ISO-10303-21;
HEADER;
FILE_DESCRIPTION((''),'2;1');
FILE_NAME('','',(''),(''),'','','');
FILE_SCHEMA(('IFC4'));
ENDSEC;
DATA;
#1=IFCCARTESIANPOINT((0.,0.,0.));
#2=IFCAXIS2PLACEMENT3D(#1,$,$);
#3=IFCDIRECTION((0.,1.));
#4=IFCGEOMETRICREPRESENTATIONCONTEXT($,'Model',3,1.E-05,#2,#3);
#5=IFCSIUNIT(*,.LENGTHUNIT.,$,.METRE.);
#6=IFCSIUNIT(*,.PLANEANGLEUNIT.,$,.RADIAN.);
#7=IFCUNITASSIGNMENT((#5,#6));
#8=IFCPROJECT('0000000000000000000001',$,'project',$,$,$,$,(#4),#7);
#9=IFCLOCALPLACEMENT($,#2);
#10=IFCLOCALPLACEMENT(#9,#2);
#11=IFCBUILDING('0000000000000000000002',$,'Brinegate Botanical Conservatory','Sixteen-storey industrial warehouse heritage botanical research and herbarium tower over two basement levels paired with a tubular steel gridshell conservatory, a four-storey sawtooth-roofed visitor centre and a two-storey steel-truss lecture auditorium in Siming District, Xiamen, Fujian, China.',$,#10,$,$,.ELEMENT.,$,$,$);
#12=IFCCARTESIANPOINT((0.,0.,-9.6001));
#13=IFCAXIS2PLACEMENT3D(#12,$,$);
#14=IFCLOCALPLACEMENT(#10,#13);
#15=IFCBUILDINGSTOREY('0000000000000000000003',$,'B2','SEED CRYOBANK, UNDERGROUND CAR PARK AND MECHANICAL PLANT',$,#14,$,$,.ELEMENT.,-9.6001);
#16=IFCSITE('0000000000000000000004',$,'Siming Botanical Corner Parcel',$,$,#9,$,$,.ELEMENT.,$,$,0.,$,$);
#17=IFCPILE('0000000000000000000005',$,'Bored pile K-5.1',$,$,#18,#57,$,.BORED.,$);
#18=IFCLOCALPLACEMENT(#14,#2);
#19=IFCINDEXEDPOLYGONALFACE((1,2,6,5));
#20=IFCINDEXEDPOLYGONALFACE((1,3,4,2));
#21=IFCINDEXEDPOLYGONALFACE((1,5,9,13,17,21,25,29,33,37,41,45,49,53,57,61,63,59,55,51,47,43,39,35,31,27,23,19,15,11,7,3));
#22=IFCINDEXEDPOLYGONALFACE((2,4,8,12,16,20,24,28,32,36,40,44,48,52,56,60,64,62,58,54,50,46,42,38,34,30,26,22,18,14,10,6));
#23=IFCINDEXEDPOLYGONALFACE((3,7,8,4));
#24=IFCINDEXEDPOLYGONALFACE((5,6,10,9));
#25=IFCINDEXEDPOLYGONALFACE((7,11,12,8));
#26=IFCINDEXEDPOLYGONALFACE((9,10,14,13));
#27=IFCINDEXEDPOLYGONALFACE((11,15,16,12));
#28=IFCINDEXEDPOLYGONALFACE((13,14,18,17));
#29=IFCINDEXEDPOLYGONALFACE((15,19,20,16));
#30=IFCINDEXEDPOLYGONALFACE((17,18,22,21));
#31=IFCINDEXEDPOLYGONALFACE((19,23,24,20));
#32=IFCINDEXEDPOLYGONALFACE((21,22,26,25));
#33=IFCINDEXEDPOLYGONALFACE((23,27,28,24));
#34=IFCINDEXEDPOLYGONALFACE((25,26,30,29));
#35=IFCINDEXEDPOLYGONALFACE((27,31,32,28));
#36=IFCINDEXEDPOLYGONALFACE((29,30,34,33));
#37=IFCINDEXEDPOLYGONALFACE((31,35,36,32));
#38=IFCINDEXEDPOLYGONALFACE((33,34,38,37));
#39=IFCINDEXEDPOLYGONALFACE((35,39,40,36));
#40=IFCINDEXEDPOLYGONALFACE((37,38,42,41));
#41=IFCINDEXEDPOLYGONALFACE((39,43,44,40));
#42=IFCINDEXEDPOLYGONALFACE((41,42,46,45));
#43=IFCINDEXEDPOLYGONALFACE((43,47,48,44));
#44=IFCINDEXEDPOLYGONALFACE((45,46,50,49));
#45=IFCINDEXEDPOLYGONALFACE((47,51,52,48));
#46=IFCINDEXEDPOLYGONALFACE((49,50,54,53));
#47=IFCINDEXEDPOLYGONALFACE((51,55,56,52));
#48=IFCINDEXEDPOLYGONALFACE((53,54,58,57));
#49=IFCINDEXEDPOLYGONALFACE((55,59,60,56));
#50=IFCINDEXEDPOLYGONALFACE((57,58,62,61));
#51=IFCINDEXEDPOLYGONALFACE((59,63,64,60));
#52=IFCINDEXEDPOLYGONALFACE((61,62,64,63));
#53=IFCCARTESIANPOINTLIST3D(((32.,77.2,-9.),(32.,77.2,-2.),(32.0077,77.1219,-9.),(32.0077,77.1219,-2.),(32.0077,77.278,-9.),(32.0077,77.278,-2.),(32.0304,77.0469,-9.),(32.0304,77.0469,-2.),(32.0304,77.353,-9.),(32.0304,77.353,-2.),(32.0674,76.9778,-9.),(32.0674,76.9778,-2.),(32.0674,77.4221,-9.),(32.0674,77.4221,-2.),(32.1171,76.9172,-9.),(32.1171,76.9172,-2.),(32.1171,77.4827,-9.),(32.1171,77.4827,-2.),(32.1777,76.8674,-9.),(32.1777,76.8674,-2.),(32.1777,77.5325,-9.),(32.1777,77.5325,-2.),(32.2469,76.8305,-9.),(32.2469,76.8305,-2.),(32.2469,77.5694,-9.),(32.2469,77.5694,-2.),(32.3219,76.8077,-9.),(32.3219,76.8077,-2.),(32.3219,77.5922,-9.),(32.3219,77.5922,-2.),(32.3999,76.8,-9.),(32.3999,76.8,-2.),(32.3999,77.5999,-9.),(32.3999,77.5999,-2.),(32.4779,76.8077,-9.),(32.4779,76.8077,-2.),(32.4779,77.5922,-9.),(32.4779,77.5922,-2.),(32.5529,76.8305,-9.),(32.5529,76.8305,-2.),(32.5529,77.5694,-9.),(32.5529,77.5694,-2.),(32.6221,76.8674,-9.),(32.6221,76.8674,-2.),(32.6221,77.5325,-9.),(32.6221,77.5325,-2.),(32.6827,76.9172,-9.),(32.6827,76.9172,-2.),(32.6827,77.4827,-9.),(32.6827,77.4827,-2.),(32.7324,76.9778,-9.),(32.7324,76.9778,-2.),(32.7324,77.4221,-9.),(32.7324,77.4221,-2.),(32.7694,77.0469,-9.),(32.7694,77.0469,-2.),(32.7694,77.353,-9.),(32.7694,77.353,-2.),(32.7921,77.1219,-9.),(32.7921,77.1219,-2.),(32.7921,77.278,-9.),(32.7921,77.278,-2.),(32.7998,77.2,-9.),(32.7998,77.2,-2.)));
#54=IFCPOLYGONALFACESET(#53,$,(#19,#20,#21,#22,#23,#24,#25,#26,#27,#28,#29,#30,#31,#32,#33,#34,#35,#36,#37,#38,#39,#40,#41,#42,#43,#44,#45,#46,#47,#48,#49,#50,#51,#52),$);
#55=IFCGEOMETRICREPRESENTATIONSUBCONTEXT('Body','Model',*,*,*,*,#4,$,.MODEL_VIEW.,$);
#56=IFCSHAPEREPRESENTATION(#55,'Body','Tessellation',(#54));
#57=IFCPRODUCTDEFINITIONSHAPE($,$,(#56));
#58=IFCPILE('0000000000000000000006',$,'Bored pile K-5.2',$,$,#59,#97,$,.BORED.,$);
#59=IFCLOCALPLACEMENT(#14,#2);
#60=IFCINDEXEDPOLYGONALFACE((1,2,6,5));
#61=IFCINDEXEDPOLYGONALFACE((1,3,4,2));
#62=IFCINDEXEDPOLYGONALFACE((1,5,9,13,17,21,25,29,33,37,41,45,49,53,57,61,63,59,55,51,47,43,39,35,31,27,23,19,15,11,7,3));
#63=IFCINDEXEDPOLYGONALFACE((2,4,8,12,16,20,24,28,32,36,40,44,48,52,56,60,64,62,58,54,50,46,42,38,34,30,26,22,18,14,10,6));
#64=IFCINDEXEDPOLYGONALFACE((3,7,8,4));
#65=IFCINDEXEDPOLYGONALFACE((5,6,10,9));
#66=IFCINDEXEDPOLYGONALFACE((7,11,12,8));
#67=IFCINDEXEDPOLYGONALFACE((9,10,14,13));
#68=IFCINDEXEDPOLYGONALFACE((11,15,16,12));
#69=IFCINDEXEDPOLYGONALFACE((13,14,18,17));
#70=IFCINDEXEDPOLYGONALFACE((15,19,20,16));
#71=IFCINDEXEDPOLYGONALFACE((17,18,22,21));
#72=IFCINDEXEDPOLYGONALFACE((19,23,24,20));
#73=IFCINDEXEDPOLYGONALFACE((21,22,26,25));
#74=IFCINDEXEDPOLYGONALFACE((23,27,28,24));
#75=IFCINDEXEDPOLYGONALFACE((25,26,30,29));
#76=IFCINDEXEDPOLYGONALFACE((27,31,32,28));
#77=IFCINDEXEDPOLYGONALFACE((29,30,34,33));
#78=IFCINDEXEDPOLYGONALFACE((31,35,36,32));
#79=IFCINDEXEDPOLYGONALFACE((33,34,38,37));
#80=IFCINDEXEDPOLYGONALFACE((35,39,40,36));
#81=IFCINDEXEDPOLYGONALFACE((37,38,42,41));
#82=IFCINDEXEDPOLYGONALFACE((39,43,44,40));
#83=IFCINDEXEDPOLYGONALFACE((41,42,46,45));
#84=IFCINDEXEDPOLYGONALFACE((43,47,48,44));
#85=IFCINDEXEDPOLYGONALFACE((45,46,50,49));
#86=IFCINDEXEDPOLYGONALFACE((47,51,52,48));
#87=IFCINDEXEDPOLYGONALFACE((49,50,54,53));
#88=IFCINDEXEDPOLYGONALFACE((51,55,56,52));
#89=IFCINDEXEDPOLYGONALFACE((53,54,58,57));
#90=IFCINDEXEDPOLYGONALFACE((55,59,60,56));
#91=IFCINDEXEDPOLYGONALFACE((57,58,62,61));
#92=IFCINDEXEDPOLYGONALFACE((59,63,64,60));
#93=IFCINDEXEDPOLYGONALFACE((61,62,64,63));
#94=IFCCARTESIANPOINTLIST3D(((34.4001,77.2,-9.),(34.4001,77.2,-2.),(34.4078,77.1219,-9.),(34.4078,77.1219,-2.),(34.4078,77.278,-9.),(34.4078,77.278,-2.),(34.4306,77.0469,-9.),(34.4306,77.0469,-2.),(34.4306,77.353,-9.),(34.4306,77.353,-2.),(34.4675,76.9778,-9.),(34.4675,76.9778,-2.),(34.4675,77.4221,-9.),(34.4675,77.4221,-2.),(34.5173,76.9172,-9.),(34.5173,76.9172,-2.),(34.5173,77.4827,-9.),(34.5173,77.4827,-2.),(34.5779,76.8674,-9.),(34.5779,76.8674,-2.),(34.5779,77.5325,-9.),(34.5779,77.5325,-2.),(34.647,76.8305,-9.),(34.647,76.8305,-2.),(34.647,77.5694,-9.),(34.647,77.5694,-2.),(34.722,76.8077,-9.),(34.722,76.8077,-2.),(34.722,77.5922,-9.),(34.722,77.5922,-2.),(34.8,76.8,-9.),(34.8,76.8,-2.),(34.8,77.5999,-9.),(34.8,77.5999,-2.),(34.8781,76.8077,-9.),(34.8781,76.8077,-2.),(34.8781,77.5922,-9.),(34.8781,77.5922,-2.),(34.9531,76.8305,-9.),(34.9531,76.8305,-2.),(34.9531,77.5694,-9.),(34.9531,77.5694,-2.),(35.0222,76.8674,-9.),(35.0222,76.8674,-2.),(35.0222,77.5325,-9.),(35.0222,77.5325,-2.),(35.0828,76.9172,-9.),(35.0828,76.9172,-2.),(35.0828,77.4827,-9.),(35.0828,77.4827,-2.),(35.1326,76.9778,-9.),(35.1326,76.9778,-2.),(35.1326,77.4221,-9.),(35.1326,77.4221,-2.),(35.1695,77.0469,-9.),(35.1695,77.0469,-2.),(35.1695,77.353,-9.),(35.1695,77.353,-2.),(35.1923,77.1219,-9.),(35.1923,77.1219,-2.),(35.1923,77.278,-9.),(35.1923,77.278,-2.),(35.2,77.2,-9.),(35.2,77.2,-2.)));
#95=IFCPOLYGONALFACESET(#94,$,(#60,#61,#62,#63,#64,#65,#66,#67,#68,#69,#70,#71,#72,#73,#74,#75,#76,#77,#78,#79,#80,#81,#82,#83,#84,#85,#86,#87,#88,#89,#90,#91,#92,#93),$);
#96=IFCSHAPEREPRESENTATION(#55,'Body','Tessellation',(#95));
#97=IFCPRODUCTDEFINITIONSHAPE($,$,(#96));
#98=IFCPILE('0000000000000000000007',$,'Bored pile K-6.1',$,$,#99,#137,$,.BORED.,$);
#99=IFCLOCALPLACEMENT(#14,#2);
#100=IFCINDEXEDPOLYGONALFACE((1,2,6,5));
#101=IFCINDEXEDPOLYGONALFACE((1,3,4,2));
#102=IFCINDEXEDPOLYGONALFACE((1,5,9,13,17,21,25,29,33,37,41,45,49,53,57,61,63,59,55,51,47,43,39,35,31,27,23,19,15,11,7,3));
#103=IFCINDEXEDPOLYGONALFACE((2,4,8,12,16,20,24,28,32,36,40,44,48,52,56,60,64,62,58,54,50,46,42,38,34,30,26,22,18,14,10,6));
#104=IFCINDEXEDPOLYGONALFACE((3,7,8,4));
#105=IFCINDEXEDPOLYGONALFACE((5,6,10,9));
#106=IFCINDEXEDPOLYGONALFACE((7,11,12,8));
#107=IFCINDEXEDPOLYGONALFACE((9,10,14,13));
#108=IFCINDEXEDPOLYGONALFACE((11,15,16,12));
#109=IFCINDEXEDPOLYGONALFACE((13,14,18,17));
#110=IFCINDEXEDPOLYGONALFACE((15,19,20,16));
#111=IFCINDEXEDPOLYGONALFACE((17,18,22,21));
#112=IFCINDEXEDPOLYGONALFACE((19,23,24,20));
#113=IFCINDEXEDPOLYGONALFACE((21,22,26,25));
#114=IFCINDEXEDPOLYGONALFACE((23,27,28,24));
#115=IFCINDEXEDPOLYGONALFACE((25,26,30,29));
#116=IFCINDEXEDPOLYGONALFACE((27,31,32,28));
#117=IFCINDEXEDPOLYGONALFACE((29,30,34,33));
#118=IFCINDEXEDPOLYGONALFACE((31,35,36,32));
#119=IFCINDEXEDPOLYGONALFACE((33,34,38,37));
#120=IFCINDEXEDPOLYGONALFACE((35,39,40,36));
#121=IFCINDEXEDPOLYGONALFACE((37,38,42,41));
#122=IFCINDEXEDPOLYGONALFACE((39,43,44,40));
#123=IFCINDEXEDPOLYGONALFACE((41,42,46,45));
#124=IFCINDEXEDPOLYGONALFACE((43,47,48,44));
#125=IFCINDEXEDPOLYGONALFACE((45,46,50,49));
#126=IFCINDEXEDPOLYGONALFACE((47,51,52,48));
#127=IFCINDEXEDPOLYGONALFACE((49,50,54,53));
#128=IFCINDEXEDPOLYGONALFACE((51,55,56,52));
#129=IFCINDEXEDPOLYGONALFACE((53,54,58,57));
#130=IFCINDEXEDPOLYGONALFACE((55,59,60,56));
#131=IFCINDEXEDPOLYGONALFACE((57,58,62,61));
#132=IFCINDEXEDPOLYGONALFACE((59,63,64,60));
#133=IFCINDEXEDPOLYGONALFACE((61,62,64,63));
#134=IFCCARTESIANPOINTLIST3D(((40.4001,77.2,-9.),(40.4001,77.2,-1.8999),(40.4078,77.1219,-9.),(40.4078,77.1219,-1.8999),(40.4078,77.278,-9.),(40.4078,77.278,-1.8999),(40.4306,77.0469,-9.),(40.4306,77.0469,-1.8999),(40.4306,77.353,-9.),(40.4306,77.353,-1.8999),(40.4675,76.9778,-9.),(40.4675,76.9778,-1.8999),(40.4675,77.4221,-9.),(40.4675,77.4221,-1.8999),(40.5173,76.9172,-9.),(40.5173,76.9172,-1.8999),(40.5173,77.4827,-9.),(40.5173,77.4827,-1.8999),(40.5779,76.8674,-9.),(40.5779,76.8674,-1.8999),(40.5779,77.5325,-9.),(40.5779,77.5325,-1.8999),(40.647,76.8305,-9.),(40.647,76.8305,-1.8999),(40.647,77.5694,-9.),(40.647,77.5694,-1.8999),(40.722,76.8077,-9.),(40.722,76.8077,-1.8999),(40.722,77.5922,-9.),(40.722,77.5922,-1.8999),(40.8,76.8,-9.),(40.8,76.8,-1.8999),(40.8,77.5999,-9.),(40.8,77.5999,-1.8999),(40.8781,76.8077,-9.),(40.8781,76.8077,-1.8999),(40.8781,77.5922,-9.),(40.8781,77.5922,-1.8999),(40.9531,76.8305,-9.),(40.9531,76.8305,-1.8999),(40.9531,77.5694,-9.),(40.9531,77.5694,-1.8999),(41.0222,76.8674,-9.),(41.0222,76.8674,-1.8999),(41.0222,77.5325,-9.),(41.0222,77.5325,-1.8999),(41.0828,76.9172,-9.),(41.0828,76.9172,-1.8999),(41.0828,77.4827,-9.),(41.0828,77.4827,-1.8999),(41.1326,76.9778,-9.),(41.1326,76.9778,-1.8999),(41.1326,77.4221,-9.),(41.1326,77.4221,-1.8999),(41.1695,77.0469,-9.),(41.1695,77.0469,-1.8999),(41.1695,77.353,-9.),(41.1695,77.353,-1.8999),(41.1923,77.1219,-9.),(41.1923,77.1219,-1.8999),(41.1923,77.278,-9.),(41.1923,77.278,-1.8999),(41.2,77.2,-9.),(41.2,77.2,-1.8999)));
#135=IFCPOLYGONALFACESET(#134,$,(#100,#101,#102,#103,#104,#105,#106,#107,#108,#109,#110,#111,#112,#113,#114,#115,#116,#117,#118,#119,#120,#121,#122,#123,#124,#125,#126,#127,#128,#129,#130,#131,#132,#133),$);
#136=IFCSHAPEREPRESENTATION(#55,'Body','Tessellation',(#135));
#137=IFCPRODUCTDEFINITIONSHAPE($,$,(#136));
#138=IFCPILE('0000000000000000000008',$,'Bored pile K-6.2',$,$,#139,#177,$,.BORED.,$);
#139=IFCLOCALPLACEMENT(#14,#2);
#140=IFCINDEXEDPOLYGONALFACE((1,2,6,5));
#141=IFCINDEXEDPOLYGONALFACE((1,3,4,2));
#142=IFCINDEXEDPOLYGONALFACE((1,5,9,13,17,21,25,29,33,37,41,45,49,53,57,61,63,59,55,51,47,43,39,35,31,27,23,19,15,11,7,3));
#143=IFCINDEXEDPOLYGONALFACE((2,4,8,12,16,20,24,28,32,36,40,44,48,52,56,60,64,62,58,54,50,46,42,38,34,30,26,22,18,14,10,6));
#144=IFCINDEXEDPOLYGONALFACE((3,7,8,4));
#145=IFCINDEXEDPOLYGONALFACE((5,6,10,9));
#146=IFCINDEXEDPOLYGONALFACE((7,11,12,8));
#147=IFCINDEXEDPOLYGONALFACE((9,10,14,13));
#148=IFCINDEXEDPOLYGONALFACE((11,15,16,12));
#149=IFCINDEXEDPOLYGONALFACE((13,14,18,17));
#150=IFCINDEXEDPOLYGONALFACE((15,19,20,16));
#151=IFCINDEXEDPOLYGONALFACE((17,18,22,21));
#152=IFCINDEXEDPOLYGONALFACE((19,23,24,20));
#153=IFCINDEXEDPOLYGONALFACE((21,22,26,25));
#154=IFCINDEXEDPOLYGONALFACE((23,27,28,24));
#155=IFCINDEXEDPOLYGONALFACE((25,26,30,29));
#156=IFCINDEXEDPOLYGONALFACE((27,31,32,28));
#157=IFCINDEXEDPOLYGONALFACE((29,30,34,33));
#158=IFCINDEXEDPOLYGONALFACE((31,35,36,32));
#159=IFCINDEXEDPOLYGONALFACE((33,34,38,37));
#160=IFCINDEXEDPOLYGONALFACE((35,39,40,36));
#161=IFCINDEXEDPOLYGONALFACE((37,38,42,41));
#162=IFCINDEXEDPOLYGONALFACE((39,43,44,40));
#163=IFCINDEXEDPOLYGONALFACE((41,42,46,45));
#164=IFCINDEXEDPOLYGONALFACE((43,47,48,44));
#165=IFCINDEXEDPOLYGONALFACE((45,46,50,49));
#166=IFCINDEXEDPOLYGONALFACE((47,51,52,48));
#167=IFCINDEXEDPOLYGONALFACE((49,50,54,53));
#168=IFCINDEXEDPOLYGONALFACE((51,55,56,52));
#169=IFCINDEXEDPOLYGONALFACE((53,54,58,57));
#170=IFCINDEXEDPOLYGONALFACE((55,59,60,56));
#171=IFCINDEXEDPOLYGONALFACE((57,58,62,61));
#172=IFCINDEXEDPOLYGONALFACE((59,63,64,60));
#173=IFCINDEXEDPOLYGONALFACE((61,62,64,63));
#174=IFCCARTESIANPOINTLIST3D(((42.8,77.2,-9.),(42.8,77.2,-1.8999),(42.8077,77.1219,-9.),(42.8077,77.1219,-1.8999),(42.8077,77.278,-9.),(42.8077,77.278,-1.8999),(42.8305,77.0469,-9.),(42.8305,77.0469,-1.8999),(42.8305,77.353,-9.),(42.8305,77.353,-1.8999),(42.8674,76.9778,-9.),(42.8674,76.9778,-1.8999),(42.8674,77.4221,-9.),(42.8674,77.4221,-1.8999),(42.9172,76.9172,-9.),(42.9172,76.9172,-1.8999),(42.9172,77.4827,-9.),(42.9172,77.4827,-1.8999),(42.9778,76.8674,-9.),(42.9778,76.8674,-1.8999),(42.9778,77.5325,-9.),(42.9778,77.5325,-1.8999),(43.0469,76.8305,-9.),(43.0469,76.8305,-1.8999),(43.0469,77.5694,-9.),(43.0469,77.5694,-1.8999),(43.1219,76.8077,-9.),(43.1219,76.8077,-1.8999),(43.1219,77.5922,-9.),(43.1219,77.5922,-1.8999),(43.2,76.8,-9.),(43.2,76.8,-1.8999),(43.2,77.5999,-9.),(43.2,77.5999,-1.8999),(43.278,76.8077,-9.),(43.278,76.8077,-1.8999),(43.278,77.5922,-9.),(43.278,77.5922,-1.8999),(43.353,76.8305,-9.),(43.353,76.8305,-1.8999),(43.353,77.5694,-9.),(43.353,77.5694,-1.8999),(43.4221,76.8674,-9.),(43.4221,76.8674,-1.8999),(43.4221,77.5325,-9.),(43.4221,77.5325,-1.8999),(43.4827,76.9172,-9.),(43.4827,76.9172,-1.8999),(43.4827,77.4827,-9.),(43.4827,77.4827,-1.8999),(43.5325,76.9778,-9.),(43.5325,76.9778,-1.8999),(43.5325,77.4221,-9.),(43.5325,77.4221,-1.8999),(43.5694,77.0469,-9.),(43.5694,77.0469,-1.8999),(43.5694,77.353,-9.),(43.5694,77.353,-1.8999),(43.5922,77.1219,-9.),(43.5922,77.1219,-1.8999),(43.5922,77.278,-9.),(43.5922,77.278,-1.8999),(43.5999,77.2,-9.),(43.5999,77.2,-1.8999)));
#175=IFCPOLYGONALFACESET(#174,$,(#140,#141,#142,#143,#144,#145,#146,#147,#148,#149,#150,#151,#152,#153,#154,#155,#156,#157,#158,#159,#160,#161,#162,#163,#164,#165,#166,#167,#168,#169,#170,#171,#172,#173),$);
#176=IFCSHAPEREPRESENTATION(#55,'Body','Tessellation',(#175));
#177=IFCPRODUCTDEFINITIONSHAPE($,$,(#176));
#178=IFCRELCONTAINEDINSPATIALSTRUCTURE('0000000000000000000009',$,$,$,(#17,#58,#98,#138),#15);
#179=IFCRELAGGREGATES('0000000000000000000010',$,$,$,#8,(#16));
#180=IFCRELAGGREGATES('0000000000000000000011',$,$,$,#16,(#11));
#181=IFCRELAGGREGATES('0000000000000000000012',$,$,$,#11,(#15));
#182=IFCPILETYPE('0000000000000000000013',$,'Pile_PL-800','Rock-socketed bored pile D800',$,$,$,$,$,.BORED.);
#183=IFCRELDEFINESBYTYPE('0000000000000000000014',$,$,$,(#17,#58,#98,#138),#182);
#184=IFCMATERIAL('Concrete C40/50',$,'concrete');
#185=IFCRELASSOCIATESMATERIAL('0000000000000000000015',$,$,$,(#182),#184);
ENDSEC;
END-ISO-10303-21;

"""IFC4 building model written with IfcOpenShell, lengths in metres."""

from ifc_helpers import new_model, si_unit, direction, frame, origin, origin_2d, place, context, subcontext, project, spatial, circle, extrude, material, material_profile, profile_set, type_object, element, save


model = new_model("IFC4")

# Units and contexts
model_context = context("Model", 3, precision=1e-05, world=origin(), true_north=direction((0.0, 1.0)))
body_context = subcontext(model_context, "Body", "Model", "MODEL_VIEW")
ifc_project = project(units=[si_unit("LENGTHUNIT", "METRE"), si_unit("PLANEANGLEUNIT", "RADIAN")], contexts=[model_context])

# Site, building, storey
site_placement = place(None, origin())
site = spatial("IfcSite", under=ifc_project, at=site_placement, Name="Siming Botanical Corner Parcel", CompositionType="ELEMENT", RefElevation=0.0)
building_placement = place(site_placement, origin())
building = spatial("IfcBuilding", under=site, at=building_placement, Name="Brinegate Botanical Conservatory", Description="Sixteen-storey industrial warehouse heritage botanical research and herbarium tower over two basement levels paired with a tubular steel gridshell conservatory, a four-storey sawtooth-roofed visitor centre and a two-storey steel-truss lecture auditorium in Siming District, Xiamen, Fujian, China.", CompositionType="ELEMENT")
storey_placement = place(building_placement, frame((0.0, 0.0, -9.6001)))
storey = spatial("IfcBuildingStorey", under=building, at=storey_placement, Name="B2", Description="SEED CRYOBANK, UNDERGROUND CAR PARK AND MECHANICAL PLANT", CompositionType="ELEMENT", Elevation=-9.6001)

# Shared definitions
ifc_material_1 = material(Name="Concrete C40/50", Category="concrete")

# Piles
ifc_material_profile_1 = material_profile(ifc_material_1, circle(Radius=0.3999, at=origin_2d()), Name="PILE D800")
ifc_profile_set_1 = profile_set([ifc_material_profile_1], Name="Concrete C40/50")
pile_type = type_object("IfcPileType", Name="Pile_PL-800", Description="Rock-socketed bored pile D800", PredefinedType="BORED", material=ifc_profile_set_1)
for number, where, z_axis, x_axis, name in (
    (1, (32.3999, 77.2, -2.0), (0.0, 0.0, -1.0), (1.0, 0.0, 0.0), "Bored pile K-5.1"),
    (2, (34.8, 77.2, -2.0), (0.0, 0.0, -1.0), (1.0, 0.0, 0.0), "Bored pile K-5.2"),
):
    element("IfcPile", number, at=place(storey_placement, frame(where, z_axis=z_axis, x_axis=x_axis)), inside=storey, type_object=pile_type, Name=name, PredefinedType="BORED", context=body_context, shape_type="SweptSolid", body=[
        extrude(circle(Radius=0.3999, at=origin_2d()), origin(), (0.0, 0.0, 1.0), 7.0),
    ])
for number, where, z_axis, x_axis, name in (
    (3, (40.8, 77.2, -1.8999), (0.0, 0.0, -1.0), (1.0, 0.0, 0.0), "Bored pile K-6.1"),
    (4, (43.2, 77.2, -1.8999), (0.0, 0.0, -1.0), (1.0, 0.0, 0.0), "Bored pile K-6.2"),
):
    element("IfcPile", number, at=place(storey_placement, frame(where, z_axis=z_axis, x_axis=x_axis)), inside=storey, type_object=pile_type, Name=name, PredefinedType="BORED", context=body_context, shape_type="SweptSolid", body=[
        extrude(circle(Radius=0.3999, at=origin_2d()), origin(), (0.0, 0.0, 1.0), 7.1001),
    ])

save(model, "model.ifc")
